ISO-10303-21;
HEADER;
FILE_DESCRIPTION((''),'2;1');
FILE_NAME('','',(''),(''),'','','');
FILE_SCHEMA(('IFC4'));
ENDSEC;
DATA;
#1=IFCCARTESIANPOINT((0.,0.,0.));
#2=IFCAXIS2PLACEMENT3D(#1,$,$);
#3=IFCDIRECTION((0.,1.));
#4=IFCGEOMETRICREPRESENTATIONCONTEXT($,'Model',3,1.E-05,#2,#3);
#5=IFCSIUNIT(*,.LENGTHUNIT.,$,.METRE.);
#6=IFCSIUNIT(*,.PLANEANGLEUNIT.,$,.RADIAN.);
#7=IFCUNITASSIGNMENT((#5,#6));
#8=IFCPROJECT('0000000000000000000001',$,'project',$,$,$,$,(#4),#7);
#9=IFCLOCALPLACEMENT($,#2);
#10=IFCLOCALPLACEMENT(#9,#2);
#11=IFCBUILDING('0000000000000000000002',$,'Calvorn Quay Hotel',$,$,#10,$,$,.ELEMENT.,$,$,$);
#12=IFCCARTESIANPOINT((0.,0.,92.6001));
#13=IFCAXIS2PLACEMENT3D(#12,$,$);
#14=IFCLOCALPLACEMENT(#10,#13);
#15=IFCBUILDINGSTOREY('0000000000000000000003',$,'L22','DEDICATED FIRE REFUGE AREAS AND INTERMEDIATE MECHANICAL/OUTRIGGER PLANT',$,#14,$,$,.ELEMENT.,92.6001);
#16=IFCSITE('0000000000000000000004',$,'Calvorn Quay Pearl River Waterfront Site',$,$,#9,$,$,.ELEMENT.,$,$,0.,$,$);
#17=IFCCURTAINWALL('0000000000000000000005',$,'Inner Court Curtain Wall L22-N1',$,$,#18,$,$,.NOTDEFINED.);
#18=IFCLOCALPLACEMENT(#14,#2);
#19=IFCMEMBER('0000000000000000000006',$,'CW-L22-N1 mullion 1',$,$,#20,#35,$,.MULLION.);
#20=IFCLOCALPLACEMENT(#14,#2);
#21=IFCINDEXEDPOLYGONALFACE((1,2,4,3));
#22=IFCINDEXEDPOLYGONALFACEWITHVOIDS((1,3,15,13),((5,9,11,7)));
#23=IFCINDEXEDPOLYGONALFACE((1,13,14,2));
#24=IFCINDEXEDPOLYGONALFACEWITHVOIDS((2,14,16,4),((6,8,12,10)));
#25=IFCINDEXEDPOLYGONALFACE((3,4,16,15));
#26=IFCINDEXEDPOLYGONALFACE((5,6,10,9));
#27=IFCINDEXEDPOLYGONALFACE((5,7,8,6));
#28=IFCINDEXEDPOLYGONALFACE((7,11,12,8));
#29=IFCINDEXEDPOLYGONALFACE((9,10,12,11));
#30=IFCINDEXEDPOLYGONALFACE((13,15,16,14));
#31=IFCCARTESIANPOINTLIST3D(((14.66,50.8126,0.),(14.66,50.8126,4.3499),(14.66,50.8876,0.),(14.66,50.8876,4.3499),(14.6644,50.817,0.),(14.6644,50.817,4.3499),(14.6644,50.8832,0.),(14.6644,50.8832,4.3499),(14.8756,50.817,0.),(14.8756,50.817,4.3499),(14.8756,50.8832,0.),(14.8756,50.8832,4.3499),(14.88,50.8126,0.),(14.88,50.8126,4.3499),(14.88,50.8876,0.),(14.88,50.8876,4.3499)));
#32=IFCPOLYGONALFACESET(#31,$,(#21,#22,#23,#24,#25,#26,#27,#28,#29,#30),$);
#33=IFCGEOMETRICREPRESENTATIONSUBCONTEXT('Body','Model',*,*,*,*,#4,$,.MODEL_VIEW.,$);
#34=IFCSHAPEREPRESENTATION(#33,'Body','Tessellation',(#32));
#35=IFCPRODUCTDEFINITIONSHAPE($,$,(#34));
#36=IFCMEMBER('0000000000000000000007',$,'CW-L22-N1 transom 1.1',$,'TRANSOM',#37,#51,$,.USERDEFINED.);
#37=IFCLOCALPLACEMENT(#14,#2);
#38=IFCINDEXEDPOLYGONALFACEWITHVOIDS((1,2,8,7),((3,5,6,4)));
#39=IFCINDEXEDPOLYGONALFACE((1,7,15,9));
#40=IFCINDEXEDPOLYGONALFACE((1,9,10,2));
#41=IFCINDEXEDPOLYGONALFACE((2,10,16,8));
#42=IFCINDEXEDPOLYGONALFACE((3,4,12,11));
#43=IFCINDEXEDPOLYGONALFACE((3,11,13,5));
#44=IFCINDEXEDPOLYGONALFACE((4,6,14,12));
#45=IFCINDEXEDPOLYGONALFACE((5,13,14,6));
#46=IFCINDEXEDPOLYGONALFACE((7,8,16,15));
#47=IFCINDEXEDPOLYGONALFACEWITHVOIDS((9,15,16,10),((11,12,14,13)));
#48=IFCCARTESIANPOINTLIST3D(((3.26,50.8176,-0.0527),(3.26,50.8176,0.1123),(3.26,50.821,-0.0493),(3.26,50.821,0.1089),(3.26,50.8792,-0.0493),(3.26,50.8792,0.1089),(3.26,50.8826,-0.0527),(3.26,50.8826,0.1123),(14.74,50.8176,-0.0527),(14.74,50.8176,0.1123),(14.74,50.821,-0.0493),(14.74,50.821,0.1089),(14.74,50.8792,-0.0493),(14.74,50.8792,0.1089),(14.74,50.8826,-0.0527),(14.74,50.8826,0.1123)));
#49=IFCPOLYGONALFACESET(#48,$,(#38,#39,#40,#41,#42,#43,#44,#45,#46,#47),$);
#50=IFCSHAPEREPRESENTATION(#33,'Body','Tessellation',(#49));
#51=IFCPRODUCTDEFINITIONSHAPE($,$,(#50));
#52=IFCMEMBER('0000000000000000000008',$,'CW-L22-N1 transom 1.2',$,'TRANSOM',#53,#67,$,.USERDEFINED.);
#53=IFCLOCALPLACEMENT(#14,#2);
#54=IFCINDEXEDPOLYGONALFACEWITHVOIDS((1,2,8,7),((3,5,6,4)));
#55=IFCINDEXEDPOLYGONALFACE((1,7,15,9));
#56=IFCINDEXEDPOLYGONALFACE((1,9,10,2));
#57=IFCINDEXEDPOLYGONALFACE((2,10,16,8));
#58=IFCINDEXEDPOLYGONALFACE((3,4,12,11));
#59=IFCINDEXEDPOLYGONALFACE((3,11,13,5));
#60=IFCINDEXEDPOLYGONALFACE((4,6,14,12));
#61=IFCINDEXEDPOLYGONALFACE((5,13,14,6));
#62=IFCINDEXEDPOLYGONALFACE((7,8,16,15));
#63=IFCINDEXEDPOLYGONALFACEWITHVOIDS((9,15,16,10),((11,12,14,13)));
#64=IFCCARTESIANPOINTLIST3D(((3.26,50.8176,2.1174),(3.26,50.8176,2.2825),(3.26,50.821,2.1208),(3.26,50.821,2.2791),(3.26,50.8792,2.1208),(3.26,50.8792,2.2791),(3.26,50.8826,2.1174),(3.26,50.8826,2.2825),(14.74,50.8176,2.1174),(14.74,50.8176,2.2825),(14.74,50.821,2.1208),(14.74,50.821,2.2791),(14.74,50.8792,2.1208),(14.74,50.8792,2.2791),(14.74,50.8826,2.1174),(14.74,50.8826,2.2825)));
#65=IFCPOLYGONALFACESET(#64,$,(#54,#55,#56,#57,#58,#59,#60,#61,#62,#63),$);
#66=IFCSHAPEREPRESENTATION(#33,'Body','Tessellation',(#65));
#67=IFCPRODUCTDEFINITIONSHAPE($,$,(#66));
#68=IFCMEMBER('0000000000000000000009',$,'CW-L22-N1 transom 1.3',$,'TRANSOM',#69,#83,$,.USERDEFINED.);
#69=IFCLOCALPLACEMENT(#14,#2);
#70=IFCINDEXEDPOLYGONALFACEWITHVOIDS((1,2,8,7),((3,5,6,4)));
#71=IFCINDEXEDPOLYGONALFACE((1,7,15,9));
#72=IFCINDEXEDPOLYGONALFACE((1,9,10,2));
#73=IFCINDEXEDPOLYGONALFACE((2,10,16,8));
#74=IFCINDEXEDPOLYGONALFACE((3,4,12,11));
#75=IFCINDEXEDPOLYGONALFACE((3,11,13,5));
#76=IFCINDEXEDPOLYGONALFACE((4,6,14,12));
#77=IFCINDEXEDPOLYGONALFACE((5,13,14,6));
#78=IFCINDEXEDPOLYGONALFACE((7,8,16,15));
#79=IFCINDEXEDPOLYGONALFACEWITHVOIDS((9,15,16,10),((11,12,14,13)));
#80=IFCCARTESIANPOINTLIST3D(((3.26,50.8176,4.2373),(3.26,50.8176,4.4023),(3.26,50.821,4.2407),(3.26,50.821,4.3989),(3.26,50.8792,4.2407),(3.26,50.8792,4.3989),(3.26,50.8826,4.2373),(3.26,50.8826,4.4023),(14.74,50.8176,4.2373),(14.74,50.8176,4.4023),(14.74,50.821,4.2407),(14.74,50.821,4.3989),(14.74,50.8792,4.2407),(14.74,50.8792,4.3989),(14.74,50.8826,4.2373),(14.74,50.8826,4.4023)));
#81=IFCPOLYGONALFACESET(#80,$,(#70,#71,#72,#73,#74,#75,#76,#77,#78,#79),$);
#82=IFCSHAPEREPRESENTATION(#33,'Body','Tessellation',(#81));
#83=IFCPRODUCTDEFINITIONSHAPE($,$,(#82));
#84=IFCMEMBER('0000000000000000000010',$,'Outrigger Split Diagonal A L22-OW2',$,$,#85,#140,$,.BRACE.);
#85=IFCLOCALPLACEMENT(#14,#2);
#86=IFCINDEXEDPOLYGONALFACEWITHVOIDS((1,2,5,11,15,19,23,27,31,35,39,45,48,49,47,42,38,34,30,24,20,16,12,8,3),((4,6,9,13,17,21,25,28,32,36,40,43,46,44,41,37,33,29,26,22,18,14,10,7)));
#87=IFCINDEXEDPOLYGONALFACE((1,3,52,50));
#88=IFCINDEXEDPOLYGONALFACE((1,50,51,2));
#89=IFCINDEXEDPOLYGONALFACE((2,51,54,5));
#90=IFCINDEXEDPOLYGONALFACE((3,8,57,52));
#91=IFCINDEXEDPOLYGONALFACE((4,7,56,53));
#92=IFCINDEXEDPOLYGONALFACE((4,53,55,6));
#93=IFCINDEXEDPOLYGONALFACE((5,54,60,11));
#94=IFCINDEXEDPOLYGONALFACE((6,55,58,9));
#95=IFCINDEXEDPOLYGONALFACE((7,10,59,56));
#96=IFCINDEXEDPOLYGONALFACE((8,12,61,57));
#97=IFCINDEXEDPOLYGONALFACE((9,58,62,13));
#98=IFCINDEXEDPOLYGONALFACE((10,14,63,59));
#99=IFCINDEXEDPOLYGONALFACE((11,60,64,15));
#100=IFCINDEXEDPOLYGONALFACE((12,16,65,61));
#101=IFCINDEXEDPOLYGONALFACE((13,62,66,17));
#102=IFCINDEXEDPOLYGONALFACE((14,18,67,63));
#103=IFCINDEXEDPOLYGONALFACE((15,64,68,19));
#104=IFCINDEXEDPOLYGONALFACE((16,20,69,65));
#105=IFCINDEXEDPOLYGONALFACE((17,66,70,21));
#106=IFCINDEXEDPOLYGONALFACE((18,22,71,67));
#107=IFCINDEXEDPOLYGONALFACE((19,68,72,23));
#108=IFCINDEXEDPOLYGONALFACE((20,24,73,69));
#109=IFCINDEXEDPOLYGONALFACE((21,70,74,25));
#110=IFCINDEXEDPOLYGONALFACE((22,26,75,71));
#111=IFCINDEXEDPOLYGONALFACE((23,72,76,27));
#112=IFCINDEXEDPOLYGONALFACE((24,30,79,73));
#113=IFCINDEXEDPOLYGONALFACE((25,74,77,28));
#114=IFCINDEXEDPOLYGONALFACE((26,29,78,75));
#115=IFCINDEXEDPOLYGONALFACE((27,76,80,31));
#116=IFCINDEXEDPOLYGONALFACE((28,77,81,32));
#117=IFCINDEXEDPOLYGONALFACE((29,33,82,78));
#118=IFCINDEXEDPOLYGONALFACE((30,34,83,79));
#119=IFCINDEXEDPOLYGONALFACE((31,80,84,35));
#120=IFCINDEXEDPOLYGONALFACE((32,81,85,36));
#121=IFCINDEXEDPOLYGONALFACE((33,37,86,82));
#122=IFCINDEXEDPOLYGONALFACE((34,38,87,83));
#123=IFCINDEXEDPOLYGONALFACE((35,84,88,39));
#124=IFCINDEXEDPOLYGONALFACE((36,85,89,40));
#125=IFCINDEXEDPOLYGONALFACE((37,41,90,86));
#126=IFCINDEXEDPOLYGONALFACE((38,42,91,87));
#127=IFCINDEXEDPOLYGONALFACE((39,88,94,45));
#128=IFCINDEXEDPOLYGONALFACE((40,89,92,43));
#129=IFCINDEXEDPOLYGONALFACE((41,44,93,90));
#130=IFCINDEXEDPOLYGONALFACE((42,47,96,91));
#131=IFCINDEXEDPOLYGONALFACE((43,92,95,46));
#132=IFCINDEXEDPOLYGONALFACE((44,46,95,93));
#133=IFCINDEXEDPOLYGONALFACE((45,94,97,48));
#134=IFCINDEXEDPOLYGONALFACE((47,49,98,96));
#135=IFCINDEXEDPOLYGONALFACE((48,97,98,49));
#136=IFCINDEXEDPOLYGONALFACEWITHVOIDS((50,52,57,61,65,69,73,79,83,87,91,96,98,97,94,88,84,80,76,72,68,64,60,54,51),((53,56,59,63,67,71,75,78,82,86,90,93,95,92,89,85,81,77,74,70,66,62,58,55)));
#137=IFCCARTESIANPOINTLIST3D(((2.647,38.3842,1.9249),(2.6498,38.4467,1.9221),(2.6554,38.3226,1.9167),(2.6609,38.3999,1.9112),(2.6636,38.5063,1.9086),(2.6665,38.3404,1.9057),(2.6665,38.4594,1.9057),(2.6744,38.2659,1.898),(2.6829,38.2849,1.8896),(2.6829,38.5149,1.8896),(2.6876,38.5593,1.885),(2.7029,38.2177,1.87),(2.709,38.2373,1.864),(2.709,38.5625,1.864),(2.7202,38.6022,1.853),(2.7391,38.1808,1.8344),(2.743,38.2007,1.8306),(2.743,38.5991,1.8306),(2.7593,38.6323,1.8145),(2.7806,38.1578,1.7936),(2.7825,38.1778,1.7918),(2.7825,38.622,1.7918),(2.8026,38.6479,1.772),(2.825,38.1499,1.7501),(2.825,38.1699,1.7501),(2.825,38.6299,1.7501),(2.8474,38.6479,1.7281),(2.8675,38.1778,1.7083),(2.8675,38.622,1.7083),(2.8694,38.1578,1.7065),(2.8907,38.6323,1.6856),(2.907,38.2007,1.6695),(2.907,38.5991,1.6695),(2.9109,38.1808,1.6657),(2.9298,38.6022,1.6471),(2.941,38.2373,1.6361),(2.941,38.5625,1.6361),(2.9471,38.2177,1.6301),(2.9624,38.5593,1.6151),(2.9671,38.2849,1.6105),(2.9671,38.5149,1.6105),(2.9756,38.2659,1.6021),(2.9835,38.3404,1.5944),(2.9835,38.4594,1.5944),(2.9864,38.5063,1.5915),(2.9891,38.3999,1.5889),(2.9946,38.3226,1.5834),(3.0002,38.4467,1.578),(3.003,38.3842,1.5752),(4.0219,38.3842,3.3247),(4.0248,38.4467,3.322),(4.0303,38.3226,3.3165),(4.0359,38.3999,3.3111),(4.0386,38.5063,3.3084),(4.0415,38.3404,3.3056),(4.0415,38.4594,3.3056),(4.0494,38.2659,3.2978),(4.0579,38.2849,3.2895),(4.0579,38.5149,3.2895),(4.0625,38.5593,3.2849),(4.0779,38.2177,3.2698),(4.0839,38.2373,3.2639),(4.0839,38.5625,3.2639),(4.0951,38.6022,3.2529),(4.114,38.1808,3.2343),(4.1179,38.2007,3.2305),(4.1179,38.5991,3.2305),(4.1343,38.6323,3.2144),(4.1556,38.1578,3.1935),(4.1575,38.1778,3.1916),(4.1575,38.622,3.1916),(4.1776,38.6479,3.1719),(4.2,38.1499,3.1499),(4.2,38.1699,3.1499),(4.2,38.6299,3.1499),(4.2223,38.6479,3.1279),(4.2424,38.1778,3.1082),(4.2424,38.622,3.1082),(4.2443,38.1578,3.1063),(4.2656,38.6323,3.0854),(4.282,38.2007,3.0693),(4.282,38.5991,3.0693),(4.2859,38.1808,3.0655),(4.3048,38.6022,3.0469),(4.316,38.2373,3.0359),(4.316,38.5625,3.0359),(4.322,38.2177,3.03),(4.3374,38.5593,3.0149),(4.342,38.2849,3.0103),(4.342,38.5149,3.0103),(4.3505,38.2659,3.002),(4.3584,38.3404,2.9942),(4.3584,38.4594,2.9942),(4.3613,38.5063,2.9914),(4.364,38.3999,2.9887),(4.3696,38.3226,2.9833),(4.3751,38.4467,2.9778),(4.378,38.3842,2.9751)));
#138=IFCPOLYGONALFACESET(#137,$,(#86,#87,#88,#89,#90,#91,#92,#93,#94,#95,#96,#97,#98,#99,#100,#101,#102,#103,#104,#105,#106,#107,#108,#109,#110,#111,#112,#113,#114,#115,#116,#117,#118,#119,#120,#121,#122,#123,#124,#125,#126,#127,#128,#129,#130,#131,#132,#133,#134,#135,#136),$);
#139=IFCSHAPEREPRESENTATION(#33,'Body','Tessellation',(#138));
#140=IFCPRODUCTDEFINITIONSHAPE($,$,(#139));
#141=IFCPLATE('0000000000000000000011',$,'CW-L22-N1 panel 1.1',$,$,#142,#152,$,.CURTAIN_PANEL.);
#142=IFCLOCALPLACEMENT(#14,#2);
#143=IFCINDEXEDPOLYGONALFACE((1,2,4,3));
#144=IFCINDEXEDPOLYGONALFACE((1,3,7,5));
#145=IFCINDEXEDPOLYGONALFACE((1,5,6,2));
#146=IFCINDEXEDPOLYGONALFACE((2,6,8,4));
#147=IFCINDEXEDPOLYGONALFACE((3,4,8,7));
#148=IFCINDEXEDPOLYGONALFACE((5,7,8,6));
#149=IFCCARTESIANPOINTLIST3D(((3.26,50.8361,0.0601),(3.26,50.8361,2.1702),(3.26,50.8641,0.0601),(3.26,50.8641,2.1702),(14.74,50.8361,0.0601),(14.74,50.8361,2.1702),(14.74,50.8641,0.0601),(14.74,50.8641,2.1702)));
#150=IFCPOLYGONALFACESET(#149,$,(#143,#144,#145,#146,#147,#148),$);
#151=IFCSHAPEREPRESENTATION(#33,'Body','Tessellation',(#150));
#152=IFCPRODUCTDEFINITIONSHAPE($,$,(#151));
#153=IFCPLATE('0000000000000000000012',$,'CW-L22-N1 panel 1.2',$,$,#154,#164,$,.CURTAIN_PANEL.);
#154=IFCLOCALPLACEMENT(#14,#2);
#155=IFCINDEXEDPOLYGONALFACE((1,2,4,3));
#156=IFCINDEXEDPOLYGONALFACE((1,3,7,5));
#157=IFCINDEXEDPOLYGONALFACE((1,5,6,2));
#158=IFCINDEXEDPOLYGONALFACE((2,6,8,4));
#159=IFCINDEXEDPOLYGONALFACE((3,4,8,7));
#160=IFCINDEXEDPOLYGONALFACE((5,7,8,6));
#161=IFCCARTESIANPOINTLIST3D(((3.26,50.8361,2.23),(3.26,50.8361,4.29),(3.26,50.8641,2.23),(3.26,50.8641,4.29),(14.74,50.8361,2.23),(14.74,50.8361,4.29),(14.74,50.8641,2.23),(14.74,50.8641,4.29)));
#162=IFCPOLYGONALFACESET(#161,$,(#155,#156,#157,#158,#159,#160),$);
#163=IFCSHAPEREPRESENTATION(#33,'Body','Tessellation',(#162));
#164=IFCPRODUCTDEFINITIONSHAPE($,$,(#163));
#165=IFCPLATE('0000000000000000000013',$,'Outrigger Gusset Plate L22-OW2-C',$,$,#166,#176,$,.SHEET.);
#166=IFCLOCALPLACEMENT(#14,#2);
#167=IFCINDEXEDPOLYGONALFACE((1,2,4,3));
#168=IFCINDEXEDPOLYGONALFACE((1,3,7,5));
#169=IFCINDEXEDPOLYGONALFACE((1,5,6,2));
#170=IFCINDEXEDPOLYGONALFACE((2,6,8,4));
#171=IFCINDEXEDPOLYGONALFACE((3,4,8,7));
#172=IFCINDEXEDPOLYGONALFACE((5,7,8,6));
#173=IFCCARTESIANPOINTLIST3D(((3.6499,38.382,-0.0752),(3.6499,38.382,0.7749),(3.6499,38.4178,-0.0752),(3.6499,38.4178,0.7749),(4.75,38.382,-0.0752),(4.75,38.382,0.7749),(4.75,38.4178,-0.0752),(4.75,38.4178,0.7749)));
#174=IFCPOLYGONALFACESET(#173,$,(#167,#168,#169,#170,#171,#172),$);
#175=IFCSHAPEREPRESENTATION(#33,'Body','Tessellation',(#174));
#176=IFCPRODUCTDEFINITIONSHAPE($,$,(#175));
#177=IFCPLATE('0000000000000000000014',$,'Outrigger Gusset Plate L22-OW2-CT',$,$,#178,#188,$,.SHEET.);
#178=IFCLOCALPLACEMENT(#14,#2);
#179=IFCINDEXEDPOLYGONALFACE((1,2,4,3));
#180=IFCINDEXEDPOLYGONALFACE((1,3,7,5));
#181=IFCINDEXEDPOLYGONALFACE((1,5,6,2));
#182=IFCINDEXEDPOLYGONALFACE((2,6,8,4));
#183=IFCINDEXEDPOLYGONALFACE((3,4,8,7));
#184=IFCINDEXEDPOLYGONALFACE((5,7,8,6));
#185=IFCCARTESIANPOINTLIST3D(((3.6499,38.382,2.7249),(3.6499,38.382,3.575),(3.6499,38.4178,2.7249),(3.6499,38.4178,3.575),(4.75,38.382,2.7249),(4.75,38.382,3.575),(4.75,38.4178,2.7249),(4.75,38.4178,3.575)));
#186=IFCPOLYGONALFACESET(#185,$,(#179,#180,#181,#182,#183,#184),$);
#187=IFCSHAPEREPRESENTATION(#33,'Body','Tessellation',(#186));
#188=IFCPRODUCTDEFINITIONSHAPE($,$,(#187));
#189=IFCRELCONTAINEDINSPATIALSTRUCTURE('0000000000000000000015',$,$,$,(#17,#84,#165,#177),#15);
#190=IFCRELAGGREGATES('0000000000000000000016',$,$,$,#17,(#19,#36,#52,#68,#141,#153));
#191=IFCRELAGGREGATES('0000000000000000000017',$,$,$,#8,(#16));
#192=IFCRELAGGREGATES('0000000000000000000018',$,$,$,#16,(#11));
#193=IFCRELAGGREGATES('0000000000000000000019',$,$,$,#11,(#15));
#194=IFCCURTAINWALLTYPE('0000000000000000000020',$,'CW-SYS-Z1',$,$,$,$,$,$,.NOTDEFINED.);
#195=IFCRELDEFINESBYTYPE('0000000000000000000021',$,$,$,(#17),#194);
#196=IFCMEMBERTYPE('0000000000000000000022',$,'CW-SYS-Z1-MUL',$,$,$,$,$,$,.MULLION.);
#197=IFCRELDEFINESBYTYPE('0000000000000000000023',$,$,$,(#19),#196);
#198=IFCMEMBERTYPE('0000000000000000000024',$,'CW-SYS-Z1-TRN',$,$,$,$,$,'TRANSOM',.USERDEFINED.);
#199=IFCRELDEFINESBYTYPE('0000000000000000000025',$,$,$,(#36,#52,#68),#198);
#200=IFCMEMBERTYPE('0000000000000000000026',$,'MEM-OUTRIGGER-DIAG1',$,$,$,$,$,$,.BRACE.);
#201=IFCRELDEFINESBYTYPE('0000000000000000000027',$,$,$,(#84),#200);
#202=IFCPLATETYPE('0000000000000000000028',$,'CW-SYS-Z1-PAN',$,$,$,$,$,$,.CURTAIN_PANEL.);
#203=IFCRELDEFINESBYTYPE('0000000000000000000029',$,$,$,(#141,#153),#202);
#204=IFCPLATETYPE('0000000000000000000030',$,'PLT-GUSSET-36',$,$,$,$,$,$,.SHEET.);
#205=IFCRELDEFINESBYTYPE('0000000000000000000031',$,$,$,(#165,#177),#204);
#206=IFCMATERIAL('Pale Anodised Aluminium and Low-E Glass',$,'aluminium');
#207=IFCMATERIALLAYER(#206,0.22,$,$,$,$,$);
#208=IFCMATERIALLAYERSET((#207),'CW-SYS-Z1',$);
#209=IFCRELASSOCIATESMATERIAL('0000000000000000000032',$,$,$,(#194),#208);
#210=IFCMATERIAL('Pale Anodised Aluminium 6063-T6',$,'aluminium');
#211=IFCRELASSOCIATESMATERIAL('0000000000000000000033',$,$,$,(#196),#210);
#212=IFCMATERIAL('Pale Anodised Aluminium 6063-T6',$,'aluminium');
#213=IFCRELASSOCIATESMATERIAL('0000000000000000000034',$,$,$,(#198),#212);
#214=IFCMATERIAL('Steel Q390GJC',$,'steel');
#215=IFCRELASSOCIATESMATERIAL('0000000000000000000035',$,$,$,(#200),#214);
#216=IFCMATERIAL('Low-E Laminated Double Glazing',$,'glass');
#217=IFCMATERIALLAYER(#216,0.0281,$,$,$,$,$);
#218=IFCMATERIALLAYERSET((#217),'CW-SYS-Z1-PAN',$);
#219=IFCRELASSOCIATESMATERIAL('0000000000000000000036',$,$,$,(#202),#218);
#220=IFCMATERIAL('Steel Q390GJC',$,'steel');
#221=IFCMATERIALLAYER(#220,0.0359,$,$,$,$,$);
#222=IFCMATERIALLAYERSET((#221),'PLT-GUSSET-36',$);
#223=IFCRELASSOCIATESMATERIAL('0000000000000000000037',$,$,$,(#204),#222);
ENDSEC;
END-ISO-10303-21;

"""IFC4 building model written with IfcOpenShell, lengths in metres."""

from ifc_helpers import new_model, si_unit, direction, frame, origin, origin_2d, place, context, subcontext, project, spatial, rectangle, hollow_rectangle, hollow_circle, extrude, material, layer, layer_set, material_profile, profile_set, type_object, element, aggregate, save


model = new_model("IFC4")

# Units and contexts
model_context = context("Model", 3, precision=1e-05, world=origin(), true_north=direction((0.0, 1.0)))
body_context = subcontext(model_context, "Body", "Model", "MODEL_VIEW")
ifc_project = project(units=[si_unit("LENGTHUNIT", "METRE"), si_unit("PLANEANGLEUNIT", "RADIAN")], contexts=[model_context])

# Site, building, storey
site_placement = place(None, origin())
site = spatial("IfcSite", under=ifc_project, at=site_placement, Name="Calvorn Quay Pearl River Waterfront Site", CompositionType="ELEMENT", RefElevation=0.0)
building_placement = place(site_placement, origin())
building = spatial("IfcBuilding", under=site, at=building_placement, Name="Calvorn Quay Hotel", CompositionType="ELEMENT")
storey_placement = place(building_placement, frame((0.0, 0.0, 92.6001)))
storey = spatial("IfcBuildingStorey", under=building, at=storey_placement, Name="L22", Description="DEDICATED FIRE REFUGE AREAS AND INTERMEDIATE MECHANICAL/OUTRIGGER PLANT", CompositionType="ELEMENT", Elevation=92.6001)

# Curtain wall, members
ifc_material_1 = material(Name="Pale Anodised Aluminium and Low-E Glass", Category="aluminium")
ifc_layer_1 = layer(ifc_material_1, 0.22)
ifc_layer_set_1 = layer_set([ifc_layer_1], Name="CW-SYS-Z1")
curtain_wall_type = type_object("IfcCurtainWallType", Name="CW-SYS-Z1", PredefinedType="NOTDEFINED", material=ifc_layer_set_1)
curtain_wall_placement = place(storey_placement, origin())
curtain_wall = element("IfcCurtainWall", 1, at=curtain_wall_placement, inside=storey, type_object=curtain_wall_type, Name="Inner Court Curtain Wall L22-N1", PredefinedType="NOTDEFINED")
ifc_material_2 = material(Name="Pale Anodised Aluminium 6063-T6", Category="aluminium")
ifc_material_profile_1 = material_profile(ifc_material_2, hollow_rectangle(XDim=0.075, YDim=0.22, WallThickness=0.0044, at=origin_2d()), Name="ALU-M220x75x4.5")
ifc_profile_set_1 = profile_set([ifc_material_profile_1], Name="Pale Anodised Aluminium 6063-T6")
member_type_1 = type_object("IfcMemberType", Name="CW-SYS-Z1-MUL", PredefinedType="MULLION", material=ifc_profile_set_1)
member_1_placement = place(storey_placement, frame((14.77, 50.8501, 0.0), z_axis=(0.0, 0.0, 1.0), x_axis=(0.0, -1.0, 0.0)))
member_1 = element("IfcMember", 2, at=member_1_placement, type_object=member_type_1, Name="CW-L22-N1 mullion 1", PredefinedType="MULLION", context=body_context, shape_type="SweptSolid", body=[
    extrude(hollow_rectangle(XDim=0.075, YDim=0.22, WallThickness=0.0044, at=origin_2d()), origin(), (0.0, 0.0, 1.0), 4.3499),
])
ifc_material_3 = material(Name="Pale Anodised Aluminium 6063-T6", Category="aluminium")
ifc_material_profile_2 = material_profile(ifc_material_3, hollow_rectangle(XDim=0.0649, YDim=0.165, WallThickness=0.0034, at=origin_2d()), Name="ALU-T165x65x3.5")
ifc_profile_set_2 = profile_set([ifc_material_profile_2], Name="Pale Anodised Aluminium 6063-T6")
member_type_2 = type_object("IfcMemberType", Name="CW-SYS-Z1-TRN", ElementType="TRANSOM", PredefinedType="USERDEFINED", material=ifc_profile_set_2)
member_2_placement = place(storey_placement, frame((14.74, 50.8501, 0.0298), z_axis=(-1.0, 0.0, 0.0), x_axis=(0.0, -1.0, 0.0)))
member_2 = element("IfcMember", 3, at=member_2_placement, type_object=member_type_2, Name="CW-L22-N1 transom 1.1", ObjectType="TRANSOM", PredefinedType="USERDEFINED", context=body_context, shape_type="SweptSolid", body=[
    extrude(hollow_rectangle(XDim=0.0649, YDim=0.165, WallThickness=0.0034, at=origin_2d()), origin(), (0.0, 0.0, 1.0), 11.48),
])
member_3_placement = place(storey_placement, frame((14.74, 50.8501, 2.2), z_axis=(-1.0, 0.0, 0.0), x_axis=(0.0, -1.0, 0.0)))
member_3 = element("IfcMember", 4, at=member_3_placement, type_object=member_type_2, Name="CW-L22-N1 transom 1.2", ObjectType="TRANSOM", PredefinedType="USERDEFINED", context=body_context, shape_type="SweptSolid", body=[
    extrude(hollow_rectangle(XDim=0.0649, YDim=0.165, WallThickness=0.0034, at=origin_2d()), origin(), (0.0, 0.0, 1.0), 11.48),
])
member_4_placement = place(storey_placement, frame((14.74, 50.8501, 4.3198), z_axis=(-1.0, 0.0, 0.0), x_axis=(0.0, -1.0, 0.0)))
member_4 = element("IfcMember", 5, at=member_4_placement, type_object=member_type_2, Name="CW-L22-N1 transom 1.3", ObjectType="TRANSOM", PredefinedType="USERDEFINED", context=body_context, shape_type="SweptSolid", body=[
    extrude(hollow_rectangle(XDim=0.0649, YDim=0.165, WallThickness=0.0034, at=origin_2d()), origin(), (0.0, 0.0, 1.0), 11.48),
])

# Member
ifc_material_4 = material(Name="Steel Q390GJC", Category="steel")
ifc_material_profile_3 = material_profile(ifc_material_4, hollow_circle(Radius=0.25, WallThickness=0.02, at=origin_2d()), Name="CHS500x20")
ifc_profile_set_3 = profile_set([ifc_material_profile_3], Name="Steel Q390GJC")
member_type_3 = type_object("IfcMemberType", Name="MEM-OUTRIGGER-DIAG1", PredefinedType="BRACE", material=ifc_profile_set_3)
member_5_placement = place(storey_placement, frame((4.2, 38.3999, 3.1499), z_axis=(-0.700733, 0.0, -0.713424), x_axis=(0.0, -1.0, 0.0)))
element("IfcMember", 6, at=member_5_placement, inside=storey, type_object=member_type_3, Name="Outrigger Split Diagonal A L22-OW2", PredefinedType="BRACE", context=body_context, shape_type="SweptSolid", body=[
    extrude(hollow_circle(Radius=0.25, WallThickness=0.02, at=origin_2d()), origin(), (0.0, 0.0, 1.0), 1.9622),
])

# Plates
ifc_material_5 = material(Name="Low-E Laminated Double Glazing", Category="glass")
ifc_layer_2 = layer(ifc_material_5, 0.0281)
ifc_layer_set_2 = layer_set([ifc_layer_2], Name="CW-SYS-Z1-PAN")
plate_type_1 = type_object("IfcPlateType", Name="CW-SYS-Z1-PAN", PredefinedType="CURTAIN_PANEL", material=ifc_layer_set_2)
plate_1_placement = place(storey_placement, frame((9.0, 50.8501, 0.0601), z_axis=(0.0, 0.0, 1.0), x_axis=(-1.0, 0.0, 0.0)))
plate_1 = element("IfcPlate", 7, at=plate_1_placement, type_object=plate_type_1, Name="CW-L22-N1 panel 1.1", PredefinedType="CURTAIN_PANEL", context=body_context, shape_type="SweptSolid", body=[
    extrude(rectangle(XDim=11.48, YDim=0.0281, at=origin_2d()), origin(), (0.0, 0.0, 1.0), 2.1101),
])
plate_2_placement = place(storey_placement, frame((9.0, 50.8501, 2.23), z_axis=(0.0, 0.0, 1.0), x_axis=(-1.0, 0.0, 0.0)))
plate_2 = element("IfcPlate", 8, at=plate_2_placement, type_object=plate_type_1, Name="CW-L22-N1 panel 1.2", PredefinedType="CURTAIN_PANEL", context=body_context, shape_type="SweptSolid", body=[
    extrude(rectangle(XDim=11.48, YDim=0.0281, at=origin_2d()), origin(), (0.0, 0.0, 1.0), 2.0601),
])
aggregate(curtain_wall, [member_1, member_2, member_3, member_4, plate_1, plate_2])

# Plates
ifc_material_6 = material(Name="Steel Q390GJC", Category="steel")
ifc_layer_3 = layer(ifc_material_6, 0.0359)
ifc_layer_set_3 = layer_set([ifc_layer_3], Name="PLT-GUSSET-36")
plate_type_2 = type_object("IfcPlateType", Name="PLT-GUSSET-36", PredefinedType="SHEET", material=ifc_layer_set_3)
for number, where, z_axis, x_axis, name in (
    (9, (4.2, 38.3999, -0.0752), (0.0, 0.0, 1.0), (-1.0, 0.0, 0.0), "Outrigger Gusset Plate L22-OW2-C"),
    (10, (4.2, 38.3999, 2.7249), (0.0, 0.0, 1.0), (-1.0, 0.0, 0.0), "Outrigger Gusset Plate L22-OW2-CT"),
):
    element("IfcPlate", number, at=place(storey_placement, frame(where, z_axis=z_axis, x_axis=x_axis)), inside=storey, type_object=plate_type_2, Name=name, PredefinedType="SHEET", context=body_context, shape_type="SweptSolid", body=[
        extrude(rectangle(XDim=1.1001, YDim=0.0359, at=origin_2d()), origin(), (0.0, 0.0, 1.0), 0.8501),
    ])

save(model, "model.ifc")
